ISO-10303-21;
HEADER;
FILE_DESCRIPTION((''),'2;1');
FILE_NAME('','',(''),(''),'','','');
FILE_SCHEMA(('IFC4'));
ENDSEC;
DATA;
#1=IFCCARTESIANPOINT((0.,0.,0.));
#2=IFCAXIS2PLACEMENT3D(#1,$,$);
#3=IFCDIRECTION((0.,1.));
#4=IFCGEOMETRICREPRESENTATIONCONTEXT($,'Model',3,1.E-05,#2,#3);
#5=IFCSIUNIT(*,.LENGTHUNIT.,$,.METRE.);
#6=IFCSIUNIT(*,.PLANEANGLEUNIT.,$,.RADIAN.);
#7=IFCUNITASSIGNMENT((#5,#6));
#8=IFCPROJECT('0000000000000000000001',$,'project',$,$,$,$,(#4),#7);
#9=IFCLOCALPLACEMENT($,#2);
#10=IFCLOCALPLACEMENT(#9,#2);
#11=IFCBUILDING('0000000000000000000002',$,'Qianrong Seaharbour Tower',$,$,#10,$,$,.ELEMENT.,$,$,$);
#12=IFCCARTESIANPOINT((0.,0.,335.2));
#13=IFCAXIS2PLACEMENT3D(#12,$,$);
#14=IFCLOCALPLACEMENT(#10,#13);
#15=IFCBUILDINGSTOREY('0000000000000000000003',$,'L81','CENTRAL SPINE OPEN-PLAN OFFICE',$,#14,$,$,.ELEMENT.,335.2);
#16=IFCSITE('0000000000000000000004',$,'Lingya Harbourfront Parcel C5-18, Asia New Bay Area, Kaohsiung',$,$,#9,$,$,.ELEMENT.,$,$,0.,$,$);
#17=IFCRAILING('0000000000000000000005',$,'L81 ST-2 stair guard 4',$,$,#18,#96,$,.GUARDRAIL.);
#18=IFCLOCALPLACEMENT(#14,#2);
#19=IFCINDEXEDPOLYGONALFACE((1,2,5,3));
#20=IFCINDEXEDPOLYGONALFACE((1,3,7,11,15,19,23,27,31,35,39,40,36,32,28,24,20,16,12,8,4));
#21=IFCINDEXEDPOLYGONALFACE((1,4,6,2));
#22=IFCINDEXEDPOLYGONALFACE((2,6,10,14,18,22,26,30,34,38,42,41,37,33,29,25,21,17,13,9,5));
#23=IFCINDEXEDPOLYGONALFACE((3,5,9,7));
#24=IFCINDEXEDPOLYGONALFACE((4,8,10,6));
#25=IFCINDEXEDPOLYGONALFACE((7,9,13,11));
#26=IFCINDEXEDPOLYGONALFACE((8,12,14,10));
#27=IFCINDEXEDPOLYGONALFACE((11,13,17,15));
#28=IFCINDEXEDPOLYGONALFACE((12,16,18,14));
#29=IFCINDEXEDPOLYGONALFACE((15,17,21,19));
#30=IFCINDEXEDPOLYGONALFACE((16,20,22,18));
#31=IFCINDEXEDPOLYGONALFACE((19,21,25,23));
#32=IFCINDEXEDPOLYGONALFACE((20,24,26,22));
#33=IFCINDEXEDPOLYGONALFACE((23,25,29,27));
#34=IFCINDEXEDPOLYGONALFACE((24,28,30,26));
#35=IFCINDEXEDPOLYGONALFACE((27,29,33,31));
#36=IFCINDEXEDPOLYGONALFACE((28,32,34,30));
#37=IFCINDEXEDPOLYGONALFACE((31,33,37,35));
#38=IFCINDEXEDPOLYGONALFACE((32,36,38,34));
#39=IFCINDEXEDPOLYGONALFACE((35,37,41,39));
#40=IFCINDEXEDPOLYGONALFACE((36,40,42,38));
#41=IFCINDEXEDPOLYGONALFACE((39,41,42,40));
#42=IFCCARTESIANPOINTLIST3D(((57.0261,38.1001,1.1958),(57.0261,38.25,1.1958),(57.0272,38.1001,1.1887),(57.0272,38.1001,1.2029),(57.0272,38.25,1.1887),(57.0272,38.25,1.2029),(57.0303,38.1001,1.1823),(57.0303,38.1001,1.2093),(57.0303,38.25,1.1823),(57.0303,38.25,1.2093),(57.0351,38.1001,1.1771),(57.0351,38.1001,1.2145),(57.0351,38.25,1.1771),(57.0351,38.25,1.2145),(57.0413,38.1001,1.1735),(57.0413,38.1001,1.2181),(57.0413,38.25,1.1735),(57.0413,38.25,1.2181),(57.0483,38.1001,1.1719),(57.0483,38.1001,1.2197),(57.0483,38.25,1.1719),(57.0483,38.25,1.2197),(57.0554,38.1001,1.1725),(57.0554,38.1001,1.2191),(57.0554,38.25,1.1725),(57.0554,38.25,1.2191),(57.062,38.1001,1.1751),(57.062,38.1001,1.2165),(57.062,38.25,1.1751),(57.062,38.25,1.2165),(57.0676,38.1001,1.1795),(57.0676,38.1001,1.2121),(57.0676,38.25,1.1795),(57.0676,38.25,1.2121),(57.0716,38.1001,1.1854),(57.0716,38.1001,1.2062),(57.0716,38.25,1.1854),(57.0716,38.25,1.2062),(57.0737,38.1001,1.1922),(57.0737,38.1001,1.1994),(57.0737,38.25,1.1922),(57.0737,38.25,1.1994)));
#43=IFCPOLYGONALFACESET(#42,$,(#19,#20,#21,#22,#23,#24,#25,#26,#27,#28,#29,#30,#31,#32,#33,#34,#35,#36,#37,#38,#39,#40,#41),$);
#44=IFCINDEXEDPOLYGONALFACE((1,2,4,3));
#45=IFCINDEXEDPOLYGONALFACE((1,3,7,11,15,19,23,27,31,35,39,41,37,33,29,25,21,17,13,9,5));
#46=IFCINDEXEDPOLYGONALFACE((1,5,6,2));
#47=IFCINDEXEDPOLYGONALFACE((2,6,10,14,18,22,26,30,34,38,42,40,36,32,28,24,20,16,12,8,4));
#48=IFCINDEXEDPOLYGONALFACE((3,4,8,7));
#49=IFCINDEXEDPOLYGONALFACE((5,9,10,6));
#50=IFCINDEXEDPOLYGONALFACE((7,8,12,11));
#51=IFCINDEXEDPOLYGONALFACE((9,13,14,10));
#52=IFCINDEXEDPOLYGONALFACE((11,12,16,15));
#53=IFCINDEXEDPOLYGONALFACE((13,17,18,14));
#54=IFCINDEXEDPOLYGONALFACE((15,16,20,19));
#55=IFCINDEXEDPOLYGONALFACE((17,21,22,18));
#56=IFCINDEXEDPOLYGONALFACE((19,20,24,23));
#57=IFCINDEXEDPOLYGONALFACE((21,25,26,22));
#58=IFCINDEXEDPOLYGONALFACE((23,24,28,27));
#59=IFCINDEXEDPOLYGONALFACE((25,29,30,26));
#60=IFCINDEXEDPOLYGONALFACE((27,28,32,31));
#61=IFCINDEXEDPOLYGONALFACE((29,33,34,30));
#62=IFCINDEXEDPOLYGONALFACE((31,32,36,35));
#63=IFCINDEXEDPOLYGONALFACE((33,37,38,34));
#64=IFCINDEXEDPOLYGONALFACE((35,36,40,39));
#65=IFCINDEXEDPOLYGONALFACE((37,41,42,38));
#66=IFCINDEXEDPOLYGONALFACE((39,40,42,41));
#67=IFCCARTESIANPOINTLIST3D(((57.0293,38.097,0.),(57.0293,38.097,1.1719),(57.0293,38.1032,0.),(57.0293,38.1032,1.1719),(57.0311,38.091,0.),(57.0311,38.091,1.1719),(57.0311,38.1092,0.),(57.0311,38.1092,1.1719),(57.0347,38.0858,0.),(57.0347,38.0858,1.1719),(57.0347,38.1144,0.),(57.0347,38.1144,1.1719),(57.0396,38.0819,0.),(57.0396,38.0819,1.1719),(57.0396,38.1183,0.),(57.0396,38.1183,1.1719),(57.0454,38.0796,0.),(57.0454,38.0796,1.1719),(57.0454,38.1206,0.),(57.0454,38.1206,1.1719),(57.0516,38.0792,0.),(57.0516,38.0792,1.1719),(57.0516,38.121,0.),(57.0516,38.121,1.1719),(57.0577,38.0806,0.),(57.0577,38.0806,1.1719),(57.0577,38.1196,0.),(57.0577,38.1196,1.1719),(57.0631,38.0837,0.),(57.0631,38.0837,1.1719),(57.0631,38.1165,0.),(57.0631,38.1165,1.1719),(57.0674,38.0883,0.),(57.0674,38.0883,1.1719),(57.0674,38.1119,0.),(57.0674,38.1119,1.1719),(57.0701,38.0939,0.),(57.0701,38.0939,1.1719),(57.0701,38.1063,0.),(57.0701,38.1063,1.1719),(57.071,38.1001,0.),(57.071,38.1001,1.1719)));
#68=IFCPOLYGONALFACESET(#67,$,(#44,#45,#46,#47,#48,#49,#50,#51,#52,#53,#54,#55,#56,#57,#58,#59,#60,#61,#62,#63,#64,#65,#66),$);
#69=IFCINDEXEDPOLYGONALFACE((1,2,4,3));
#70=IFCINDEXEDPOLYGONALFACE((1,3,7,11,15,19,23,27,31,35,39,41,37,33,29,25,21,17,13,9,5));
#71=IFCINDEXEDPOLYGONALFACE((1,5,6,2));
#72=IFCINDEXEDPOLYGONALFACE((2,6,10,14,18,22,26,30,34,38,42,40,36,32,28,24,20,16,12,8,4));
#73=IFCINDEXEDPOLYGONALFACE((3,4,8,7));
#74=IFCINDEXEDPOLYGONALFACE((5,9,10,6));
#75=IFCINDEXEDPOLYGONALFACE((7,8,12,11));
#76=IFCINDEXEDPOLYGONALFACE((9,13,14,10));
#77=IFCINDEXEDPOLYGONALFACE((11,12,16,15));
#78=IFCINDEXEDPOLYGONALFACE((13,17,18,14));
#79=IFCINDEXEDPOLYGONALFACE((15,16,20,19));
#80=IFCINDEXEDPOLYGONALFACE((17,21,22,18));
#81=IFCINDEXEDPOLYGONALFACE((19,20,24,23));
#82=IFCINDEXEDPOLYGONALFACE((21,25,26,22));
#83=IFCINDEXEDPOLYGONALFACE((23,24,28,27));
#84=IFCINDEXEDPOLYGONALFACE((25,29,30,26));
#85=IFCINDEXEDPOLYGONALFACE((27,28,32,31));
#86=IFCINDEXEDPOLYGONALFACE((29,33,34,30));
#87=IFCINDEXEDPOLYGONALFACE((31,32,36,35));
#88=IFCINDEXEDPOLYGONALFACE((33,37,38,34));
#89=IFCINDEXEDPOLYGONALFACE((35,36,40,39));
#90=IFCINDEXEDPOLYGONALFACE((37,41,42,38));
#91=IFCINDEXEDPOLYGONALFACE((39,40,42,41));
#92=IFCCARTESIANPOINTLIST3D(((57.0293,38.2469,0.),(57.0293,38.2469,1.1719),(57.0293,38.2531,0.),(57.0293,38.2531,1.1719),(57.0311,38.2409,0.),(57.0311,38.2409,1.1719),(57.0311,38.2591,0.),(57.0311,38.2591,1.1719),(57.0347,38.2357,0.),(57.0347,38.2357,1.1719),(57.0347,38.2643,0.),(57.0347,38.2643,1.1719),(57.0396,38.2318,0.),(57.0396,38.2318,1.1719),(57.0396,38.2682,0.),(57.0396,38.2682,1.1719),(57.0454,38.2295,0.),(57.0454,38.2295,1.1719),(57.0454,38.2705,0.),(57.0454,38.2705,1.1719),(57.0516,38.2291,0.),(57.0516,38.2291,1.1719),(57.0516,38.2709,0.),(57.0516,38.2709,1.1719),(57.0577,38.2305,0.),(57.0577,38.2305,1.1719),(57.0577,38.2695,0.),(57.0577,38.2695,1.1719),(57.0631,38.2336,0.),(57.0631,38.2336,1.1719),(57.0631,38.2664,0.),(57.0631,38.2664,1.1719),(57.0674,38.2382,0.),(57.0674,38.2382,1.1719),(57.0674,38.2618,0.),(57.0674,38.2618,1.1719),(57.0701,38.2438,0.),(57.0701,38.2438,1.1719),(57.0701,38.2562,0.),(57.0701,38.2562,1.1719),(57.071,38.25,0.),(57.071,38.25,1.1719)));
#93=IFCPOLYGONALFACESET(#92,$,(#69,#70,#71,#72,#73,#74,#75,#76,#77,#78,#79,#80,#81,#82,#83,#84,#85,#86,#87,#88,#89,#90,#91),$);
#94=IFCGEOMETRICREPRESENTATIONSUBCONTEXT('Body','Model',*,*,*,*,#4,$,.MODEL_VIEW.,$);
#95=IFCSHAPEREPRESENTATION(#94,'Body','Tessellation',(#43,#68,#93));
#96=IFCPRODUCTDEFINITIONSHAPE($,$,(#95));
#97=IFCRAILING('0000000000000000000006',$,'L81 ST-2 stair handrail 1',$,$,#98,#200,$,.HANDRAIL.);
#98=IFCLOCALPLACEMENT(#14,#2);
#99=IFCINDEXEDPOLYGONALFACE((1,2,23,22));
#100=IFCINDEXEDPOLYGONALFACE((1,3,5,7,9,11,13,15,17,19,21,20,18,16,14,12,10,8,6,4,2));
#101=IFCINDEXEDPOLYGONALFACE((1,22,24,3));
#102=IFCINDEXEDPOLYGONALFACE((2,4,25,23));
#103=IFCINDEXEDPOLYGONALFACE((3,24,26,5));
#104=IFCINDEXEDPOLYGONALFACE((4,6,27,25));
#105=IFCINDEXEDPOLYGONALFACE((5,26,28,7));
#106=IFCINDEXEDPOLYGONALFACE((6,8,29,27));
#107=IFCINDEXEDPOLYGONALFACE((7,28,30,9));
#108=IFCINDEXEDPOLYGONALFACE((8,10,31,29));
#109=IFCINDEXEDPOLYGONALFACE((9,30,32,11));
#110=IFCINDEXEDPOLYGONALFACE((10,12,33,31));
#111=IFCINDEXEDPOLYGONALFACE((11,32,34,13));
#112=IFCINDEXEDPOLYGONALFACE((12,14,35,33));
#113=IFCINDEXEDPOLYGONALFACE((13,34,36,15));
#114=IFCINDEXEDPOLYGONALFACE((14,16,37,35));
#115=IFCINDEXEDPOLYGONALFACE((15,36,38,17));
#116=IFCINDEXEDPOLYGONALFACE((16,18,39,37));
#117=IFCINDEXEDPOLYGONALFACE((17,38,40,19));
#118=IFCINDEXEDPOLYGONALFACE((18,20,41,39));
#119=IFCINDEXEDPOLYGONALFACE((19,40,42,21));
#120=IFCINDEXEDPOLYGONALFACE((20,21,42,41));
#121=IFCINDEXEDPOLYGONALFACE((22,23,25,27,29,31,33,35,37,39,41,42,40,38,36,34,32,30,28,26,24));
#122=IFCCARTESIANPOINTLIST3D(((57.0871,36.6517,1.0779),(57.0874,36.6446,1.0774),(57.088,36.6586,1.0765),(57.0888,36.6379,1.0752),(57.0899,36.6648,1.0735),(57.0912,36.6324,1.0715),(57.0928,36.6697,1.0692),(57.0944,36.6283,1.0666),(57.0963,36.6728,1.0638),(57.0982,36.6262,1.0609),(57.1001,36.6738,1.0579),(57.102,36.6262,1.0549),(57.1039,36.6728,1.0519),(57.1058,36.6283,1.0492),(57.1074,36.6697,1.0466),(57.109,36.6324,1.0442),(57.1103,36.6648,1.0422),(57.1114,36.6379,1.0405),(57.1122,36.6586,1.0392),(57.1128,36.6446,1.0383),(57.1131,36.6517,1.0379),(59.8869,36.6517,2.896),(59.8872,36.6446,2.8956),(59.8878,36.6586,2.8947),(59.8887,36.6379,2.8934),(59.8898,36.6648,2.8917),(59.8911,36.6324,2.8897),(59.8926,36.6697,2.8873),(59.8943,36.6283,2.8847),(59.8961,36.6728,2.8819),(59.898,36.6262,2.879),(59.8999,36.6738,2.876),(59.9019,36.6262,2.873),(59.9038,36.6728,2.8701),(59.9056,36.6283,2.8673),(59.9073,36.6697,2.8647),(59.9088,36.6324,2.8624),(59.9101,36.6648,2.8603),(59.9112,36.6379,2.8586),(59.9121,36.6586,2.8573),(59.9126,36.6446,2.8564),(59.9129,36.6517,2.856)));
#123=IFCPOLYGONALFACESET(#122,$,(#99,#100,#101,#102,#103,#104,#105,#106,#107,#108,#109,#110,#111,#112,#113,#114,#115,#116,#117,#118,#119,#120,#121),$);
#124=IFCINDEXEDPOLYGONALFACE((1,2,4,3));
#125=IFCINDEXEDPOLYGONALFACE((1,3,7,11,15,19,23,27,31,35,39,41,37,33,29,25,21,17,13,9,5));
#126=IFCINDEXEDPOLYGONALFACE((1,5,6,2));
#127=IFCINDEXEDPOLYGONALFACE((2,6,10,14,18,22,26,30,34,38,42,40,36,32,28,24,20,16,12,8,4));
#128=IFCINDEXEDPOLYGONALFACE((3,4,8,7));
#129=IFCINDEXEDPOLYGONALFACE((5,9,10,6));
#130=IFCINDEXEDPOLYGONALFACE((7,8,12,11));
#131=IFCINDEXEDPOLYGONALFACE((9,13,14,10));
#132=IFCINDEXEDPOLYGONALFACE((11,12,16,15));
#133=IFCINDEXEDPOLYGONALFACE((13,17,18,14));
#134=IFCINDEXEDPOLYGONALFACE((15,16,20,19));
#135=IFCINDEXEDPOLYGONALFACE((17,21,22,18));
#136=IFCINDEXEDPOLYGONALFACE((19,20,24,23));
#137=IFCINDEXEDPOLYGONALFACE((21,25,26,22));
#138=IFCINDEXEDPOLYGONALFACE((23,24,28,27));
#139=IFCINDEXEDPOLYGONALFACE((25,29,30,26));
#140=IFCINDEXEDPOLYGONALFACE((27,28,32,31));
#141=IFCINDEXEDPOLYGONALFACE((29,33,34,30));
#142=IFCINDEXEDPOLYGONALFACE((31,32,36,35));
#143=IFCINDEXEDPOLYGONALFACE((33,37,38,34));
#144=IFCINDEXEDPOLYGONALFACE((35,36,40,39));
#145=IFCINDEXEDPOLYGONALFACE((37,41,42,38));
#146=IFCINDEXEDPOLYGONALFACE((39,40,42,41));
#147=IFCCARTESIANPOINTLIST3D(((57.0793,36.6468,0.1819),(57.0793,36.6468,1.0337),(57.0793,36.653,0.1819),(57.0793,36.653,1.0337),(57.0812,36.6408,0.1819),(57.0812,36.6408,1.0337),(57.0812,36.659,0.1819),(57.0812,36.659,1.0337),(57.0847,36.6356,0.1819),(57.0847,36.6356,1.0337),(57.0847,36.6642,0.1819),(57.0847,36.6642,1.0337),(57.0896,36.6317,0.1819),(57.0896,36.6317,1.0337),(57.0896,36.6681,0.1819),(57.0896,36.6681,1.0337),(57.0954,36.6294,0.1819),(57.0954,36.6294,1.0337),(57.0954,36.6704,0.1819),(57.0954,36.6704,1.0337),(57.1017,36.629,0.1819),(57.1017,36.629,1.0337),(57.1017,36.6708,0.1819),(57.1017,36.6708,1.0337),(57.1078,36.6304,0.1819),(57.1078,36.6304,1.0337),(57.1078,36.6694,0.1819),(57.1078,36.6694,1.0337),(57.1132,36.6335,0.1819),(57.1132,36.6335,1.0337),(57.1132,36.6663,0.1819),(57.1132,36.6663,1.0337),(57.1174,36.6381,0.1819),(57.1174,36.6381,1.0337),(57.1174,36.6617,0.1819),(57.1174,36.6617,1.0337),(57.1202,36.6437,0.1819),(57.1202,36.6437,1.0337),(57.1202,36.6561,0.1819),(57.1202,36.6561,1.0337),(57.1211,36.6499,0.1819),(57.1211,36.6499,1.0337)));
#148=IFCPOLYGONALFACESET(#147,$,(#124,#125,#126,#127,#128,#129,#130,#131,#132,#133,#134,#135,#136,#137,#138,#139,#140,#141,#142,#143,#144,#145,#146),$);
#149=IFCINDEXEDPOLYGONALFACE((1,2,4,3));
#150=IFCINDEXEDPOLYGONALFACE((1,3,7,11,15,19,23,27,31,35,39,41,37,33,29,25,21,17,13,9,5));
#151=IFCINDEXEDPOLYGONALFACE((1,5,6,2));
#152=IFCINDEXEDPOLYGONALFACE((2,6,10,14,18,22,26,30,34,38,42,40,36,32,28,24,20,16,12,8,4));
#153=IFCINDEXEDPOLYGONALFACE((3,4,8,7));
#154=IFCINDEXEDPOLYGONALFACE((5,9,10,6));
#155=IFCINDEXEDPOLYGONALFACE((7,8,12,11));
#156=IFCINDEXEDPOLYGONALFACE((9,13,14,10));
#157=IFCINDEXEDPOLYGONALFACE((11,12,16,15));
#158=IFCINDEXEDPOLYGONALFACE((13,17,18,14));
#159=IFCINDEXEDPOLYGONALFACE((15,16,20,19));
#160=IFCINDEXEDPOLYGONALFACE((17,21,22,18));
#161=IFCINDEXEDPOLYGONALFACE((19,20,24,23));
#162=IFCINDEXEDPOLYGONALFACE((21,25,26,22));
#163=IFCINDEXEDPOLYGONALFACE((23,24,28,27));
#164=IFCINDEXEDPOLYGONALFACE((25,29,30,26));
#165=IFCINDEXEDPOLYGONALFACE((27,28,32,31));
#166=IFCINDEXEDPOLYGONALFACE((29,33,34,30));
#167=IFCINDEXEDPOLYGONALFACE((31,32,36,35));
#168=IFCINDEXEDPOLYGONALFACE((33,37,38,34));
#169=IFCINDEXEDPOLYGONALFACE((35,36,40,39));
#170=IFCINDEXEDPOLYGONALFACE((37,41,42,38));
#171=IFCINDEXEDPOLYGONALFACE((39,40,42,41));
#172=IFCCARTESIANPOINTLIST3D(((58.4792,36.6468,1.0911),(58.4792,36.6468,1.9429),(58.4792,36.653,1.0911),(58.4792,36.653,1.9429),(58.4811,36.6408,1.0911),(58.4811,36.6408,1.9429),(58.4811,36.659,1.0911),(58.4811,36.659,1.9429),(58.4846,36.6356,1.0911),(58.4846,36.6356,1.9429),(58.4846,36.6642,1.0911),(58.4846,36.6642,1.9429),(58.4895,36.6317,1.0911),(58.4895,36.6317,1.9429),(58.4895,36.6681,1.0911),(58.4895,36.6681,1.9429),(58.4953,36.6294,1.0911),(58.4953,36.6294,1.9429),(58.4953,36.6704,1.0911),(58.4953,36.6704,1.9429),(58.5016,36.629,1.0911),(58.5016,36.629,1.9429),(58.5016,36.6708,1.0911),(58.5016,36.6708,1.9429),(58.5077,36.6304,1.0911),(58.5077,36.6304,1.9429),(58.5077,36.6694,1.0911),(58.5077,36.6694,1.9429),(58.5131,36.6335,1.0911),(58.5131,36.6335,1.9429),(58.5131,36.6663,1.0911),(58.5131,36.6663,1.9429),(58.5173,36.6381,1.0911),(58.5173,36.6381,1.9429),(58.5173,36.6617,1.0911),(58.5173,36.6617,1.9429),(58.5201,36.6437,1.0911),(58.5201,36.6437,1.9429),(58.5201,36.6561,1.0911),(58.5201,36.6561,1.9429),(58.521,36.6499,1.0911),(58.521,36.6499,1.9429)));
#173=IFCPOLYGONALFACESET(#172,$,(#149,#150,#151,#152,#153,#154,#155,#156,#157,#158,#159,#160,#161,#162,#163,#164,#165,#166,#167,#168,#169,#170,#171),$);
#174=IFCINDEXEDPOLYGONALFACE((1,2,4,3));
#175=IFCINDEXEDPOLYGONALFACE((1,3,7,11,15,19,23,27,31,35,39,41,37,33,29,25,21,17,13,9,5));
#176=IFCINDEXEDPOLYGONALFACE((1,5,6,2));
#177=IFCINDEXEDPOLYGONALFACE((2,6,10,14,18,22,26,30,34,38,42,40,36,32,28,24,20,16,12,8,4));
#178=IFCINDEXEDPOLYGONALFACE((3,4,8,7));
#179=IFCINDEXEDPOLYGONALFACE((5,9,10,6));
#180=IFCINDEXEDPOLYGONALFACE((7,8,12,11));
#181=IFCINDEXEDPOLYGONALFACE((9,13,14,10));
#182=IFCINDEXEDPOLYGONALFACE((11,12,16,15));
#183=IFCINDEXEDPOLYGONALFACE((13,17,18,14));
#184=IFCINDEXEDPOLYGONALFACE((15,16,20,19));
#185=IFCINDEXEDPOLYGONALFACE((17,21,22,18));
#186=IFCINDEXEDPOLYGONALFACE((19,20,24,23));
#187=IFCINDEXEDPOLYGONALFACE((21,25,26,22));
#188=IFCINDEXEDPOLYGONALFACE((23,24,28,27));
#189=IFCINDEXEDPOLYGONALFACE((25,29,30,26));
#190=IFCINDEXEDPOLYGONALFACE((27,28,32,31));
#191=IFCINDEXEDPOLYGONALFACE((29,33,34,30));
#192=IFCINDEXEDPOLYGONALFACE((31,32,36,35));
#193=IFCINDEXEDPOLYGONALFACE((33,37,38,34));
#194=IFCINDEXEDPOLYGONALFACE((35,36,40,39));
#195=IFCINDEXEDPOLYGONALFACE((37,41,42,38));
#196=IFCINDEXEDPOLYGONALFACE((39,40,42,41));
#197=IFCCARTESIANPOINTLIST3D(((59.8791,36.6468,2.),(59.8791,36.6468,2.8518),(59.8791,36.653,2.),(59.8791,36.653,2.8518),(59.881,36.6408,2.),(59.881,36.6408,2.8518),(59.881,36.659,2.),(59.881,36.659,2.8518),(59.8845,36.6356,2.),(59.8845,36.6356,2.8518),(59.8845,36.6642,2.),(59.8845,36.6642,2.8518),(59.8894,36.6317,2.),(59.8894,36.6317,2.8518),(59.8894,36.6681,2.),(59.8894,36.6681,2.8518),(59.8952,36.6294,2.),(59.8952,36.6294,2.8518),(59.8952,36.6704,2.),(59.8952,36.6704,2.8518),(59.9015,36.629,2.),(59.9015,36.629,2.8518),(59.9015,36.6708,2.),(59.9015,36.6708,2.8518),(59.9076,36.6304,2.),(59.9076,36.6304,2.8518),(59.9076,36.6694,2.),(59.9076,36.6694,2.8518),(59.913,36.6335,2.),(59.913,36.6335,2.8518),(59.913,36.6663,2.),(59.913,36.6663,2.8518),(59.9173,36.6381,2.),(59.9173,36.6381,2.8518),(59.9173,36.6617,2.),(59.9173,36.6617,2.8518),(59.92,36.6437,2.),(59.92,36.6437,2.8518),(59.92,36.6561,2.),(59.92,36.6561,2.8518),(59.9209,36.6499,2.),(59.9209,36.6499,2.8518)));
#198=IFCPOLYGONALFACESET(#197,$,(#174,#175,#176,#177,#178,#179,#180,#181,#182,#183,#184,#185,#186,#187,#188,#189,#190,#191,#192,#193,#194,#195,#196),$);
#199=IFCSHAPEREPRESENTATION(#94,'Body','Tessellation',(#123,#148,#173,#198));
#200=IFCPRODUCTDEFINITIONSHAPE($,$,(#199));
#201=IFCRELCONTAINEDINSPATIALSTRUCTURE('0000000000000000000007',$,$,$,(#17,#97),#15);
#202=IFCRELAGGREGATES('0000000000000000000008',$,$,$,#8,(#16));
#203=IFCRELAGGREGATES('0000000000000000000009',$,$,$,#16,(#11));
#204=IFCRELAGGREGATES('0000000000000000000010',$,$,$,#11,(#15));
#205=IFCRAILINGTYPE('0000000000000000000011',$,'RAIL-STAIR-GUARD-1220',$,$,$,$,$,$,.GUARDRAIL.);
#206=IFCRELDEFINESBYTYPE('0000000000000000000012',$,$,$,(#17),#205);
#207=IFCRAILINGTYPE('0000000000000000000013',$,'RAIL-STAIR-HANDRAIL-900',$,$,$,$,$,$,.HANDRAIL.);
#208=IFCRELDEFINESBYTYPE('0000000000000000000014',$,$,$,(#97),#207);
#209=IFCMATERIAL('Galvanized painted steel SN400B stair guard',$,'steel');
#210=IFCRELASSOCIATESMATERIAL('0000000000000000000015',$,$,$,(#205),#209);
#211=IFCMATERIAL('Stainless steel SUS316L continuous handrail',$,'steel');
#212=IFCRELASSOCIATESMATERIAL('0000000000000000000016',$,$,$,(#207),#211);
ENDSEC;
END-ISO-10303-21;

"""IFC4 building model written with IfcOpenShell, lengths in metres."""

from ifc_helpers import new_model, si_unit, direction, frame, origin, origin_2d, place, context, subcontext, project, spatial, circle, extrude, material, type_object, element, save


model = new_model("IFC4")

# Units and contexts
model_context = context("Model", 3, precision=1e-05, world=origin(), true_north=direction((0.0, 1.0)))
body_context = subcontext(model_context, "Body", "Model", "MODEL_VIEW")
ifc_project = project(units=[si_unit("LENGTHUNIT", "METRE"), si_unit("PLANEANGLEUNIT", "RADIAN")], contexts=[model_context])

# Site, building, storey
site_placement = place(None, origin())
site = spatial("IfcSite", under=ifc_project, at=site_placement, Name="Lingya Harbourfront Parcel C5-18, Asia New Bay Area, Kaohsiung", CompositionType="ELEMENT", RefElevation=0.0)
building_placement = place(site_placement, origin())
building = spatial("IfcBuilding", under=site, at=building_placement, Name="Qianrong Seaharbour Tower", CompositionType="ELEMENT")
storey_placement = place(building_placement, frame((0.0, 0.0, 335.2)))
storey = spatial("IfcBuildingStorey", under=building, at=storey_placement, Name="L81", Description="CENTRAL SPINE OPEN-PLAN OFFICE", CompositionType="ELEMENT", Elevation=335.2)

# Railings
ifc_material_1 = material(Name="Galvanized painted steel SN400B stair guard", Category="steel")
railing_type_1 = type_object("IfcRailingType", Name="RAIL-STAIR-GUARD-1220", PredefinedType="GUARDRAIL", material=ifc_material_1)
railing_1_placement = place(storey_placement, frame((57.05, 38.1001, 0.0)))
element("IfcRailing", 1, at=railing_1_placement, inside=storey, type_object=railing_type_1, Name="L81 ST-2 stair guard 4", PredefinedType="GUARDRAIL", context=body_context, shape_type="SweptSolid", body=[
    extrude(circle(Radius=0.0239, at=origin_2d()), frame((0.0, 0.0, 1.1958), z_axis=(0.0, 1.0, 0.0), x_axis=(-1.0, 0.0, 0.0)), (0.0, 0.0, 1.0), 0.1499),
    extrude(circle(Radius=0.021, at=origin_2d()), origin(), (0.0, 0.0, 1.0), 1.1719),
    extrude(circle(Radius=0.021, at=origin_2d()), frame((0.0, 0.1499, 0.0)), (0.0, 0.0, 1.0), 1.1719),
])
ifc_material_2 = material(Name="Stainless steel SUS316L continuous handrail", Category="steel")
railing_type_2 = type_object("IfcRailingType", Name="RAIL-STAIR-HANDRAIL-900", PredefinedType="HANDRAIL", material=ifc_material_2)
railing_2_placement = place(storey_placement, frame((57.1001, 36.6499, 0.1819)))
element("IfcRailing", 2, at=railing_2_placement, inside=storey, type_object=railing_type_2, Name="L81 ST-2 stair handrail 1", PredefinedType="HANDRAIL", context=body_context, shape_type="SweptSolid", body=[
    extrude(circle(Radius=0.0239, at=origin_2d()), frame((0.0, 0.0, 0.876), z_axis=(0.838684, 0.0, 0.544618), x_axis=(0.0, 1.0, 0.0)), (0.0, 0.0, 1.0), 3.3384),
    extrude(circle(Radius=0.021, at=origin_2d()), origin(), (0.0, 0.0, 1.0), 0.8518),
    extrude(circle(Radius=0.021, at=origin_2d()), frame((1.3999, 0.0, 0.9092)), (0.0, 0.0, 1.0), 0.8518),
    extrude(circle(Radius=0.021, at=origin_2d()), frame((2.7998, 0.0, 1.8181)), (0.0, 0.0, 1.0), 0.8518),
])

save(model, "model.ifc")
